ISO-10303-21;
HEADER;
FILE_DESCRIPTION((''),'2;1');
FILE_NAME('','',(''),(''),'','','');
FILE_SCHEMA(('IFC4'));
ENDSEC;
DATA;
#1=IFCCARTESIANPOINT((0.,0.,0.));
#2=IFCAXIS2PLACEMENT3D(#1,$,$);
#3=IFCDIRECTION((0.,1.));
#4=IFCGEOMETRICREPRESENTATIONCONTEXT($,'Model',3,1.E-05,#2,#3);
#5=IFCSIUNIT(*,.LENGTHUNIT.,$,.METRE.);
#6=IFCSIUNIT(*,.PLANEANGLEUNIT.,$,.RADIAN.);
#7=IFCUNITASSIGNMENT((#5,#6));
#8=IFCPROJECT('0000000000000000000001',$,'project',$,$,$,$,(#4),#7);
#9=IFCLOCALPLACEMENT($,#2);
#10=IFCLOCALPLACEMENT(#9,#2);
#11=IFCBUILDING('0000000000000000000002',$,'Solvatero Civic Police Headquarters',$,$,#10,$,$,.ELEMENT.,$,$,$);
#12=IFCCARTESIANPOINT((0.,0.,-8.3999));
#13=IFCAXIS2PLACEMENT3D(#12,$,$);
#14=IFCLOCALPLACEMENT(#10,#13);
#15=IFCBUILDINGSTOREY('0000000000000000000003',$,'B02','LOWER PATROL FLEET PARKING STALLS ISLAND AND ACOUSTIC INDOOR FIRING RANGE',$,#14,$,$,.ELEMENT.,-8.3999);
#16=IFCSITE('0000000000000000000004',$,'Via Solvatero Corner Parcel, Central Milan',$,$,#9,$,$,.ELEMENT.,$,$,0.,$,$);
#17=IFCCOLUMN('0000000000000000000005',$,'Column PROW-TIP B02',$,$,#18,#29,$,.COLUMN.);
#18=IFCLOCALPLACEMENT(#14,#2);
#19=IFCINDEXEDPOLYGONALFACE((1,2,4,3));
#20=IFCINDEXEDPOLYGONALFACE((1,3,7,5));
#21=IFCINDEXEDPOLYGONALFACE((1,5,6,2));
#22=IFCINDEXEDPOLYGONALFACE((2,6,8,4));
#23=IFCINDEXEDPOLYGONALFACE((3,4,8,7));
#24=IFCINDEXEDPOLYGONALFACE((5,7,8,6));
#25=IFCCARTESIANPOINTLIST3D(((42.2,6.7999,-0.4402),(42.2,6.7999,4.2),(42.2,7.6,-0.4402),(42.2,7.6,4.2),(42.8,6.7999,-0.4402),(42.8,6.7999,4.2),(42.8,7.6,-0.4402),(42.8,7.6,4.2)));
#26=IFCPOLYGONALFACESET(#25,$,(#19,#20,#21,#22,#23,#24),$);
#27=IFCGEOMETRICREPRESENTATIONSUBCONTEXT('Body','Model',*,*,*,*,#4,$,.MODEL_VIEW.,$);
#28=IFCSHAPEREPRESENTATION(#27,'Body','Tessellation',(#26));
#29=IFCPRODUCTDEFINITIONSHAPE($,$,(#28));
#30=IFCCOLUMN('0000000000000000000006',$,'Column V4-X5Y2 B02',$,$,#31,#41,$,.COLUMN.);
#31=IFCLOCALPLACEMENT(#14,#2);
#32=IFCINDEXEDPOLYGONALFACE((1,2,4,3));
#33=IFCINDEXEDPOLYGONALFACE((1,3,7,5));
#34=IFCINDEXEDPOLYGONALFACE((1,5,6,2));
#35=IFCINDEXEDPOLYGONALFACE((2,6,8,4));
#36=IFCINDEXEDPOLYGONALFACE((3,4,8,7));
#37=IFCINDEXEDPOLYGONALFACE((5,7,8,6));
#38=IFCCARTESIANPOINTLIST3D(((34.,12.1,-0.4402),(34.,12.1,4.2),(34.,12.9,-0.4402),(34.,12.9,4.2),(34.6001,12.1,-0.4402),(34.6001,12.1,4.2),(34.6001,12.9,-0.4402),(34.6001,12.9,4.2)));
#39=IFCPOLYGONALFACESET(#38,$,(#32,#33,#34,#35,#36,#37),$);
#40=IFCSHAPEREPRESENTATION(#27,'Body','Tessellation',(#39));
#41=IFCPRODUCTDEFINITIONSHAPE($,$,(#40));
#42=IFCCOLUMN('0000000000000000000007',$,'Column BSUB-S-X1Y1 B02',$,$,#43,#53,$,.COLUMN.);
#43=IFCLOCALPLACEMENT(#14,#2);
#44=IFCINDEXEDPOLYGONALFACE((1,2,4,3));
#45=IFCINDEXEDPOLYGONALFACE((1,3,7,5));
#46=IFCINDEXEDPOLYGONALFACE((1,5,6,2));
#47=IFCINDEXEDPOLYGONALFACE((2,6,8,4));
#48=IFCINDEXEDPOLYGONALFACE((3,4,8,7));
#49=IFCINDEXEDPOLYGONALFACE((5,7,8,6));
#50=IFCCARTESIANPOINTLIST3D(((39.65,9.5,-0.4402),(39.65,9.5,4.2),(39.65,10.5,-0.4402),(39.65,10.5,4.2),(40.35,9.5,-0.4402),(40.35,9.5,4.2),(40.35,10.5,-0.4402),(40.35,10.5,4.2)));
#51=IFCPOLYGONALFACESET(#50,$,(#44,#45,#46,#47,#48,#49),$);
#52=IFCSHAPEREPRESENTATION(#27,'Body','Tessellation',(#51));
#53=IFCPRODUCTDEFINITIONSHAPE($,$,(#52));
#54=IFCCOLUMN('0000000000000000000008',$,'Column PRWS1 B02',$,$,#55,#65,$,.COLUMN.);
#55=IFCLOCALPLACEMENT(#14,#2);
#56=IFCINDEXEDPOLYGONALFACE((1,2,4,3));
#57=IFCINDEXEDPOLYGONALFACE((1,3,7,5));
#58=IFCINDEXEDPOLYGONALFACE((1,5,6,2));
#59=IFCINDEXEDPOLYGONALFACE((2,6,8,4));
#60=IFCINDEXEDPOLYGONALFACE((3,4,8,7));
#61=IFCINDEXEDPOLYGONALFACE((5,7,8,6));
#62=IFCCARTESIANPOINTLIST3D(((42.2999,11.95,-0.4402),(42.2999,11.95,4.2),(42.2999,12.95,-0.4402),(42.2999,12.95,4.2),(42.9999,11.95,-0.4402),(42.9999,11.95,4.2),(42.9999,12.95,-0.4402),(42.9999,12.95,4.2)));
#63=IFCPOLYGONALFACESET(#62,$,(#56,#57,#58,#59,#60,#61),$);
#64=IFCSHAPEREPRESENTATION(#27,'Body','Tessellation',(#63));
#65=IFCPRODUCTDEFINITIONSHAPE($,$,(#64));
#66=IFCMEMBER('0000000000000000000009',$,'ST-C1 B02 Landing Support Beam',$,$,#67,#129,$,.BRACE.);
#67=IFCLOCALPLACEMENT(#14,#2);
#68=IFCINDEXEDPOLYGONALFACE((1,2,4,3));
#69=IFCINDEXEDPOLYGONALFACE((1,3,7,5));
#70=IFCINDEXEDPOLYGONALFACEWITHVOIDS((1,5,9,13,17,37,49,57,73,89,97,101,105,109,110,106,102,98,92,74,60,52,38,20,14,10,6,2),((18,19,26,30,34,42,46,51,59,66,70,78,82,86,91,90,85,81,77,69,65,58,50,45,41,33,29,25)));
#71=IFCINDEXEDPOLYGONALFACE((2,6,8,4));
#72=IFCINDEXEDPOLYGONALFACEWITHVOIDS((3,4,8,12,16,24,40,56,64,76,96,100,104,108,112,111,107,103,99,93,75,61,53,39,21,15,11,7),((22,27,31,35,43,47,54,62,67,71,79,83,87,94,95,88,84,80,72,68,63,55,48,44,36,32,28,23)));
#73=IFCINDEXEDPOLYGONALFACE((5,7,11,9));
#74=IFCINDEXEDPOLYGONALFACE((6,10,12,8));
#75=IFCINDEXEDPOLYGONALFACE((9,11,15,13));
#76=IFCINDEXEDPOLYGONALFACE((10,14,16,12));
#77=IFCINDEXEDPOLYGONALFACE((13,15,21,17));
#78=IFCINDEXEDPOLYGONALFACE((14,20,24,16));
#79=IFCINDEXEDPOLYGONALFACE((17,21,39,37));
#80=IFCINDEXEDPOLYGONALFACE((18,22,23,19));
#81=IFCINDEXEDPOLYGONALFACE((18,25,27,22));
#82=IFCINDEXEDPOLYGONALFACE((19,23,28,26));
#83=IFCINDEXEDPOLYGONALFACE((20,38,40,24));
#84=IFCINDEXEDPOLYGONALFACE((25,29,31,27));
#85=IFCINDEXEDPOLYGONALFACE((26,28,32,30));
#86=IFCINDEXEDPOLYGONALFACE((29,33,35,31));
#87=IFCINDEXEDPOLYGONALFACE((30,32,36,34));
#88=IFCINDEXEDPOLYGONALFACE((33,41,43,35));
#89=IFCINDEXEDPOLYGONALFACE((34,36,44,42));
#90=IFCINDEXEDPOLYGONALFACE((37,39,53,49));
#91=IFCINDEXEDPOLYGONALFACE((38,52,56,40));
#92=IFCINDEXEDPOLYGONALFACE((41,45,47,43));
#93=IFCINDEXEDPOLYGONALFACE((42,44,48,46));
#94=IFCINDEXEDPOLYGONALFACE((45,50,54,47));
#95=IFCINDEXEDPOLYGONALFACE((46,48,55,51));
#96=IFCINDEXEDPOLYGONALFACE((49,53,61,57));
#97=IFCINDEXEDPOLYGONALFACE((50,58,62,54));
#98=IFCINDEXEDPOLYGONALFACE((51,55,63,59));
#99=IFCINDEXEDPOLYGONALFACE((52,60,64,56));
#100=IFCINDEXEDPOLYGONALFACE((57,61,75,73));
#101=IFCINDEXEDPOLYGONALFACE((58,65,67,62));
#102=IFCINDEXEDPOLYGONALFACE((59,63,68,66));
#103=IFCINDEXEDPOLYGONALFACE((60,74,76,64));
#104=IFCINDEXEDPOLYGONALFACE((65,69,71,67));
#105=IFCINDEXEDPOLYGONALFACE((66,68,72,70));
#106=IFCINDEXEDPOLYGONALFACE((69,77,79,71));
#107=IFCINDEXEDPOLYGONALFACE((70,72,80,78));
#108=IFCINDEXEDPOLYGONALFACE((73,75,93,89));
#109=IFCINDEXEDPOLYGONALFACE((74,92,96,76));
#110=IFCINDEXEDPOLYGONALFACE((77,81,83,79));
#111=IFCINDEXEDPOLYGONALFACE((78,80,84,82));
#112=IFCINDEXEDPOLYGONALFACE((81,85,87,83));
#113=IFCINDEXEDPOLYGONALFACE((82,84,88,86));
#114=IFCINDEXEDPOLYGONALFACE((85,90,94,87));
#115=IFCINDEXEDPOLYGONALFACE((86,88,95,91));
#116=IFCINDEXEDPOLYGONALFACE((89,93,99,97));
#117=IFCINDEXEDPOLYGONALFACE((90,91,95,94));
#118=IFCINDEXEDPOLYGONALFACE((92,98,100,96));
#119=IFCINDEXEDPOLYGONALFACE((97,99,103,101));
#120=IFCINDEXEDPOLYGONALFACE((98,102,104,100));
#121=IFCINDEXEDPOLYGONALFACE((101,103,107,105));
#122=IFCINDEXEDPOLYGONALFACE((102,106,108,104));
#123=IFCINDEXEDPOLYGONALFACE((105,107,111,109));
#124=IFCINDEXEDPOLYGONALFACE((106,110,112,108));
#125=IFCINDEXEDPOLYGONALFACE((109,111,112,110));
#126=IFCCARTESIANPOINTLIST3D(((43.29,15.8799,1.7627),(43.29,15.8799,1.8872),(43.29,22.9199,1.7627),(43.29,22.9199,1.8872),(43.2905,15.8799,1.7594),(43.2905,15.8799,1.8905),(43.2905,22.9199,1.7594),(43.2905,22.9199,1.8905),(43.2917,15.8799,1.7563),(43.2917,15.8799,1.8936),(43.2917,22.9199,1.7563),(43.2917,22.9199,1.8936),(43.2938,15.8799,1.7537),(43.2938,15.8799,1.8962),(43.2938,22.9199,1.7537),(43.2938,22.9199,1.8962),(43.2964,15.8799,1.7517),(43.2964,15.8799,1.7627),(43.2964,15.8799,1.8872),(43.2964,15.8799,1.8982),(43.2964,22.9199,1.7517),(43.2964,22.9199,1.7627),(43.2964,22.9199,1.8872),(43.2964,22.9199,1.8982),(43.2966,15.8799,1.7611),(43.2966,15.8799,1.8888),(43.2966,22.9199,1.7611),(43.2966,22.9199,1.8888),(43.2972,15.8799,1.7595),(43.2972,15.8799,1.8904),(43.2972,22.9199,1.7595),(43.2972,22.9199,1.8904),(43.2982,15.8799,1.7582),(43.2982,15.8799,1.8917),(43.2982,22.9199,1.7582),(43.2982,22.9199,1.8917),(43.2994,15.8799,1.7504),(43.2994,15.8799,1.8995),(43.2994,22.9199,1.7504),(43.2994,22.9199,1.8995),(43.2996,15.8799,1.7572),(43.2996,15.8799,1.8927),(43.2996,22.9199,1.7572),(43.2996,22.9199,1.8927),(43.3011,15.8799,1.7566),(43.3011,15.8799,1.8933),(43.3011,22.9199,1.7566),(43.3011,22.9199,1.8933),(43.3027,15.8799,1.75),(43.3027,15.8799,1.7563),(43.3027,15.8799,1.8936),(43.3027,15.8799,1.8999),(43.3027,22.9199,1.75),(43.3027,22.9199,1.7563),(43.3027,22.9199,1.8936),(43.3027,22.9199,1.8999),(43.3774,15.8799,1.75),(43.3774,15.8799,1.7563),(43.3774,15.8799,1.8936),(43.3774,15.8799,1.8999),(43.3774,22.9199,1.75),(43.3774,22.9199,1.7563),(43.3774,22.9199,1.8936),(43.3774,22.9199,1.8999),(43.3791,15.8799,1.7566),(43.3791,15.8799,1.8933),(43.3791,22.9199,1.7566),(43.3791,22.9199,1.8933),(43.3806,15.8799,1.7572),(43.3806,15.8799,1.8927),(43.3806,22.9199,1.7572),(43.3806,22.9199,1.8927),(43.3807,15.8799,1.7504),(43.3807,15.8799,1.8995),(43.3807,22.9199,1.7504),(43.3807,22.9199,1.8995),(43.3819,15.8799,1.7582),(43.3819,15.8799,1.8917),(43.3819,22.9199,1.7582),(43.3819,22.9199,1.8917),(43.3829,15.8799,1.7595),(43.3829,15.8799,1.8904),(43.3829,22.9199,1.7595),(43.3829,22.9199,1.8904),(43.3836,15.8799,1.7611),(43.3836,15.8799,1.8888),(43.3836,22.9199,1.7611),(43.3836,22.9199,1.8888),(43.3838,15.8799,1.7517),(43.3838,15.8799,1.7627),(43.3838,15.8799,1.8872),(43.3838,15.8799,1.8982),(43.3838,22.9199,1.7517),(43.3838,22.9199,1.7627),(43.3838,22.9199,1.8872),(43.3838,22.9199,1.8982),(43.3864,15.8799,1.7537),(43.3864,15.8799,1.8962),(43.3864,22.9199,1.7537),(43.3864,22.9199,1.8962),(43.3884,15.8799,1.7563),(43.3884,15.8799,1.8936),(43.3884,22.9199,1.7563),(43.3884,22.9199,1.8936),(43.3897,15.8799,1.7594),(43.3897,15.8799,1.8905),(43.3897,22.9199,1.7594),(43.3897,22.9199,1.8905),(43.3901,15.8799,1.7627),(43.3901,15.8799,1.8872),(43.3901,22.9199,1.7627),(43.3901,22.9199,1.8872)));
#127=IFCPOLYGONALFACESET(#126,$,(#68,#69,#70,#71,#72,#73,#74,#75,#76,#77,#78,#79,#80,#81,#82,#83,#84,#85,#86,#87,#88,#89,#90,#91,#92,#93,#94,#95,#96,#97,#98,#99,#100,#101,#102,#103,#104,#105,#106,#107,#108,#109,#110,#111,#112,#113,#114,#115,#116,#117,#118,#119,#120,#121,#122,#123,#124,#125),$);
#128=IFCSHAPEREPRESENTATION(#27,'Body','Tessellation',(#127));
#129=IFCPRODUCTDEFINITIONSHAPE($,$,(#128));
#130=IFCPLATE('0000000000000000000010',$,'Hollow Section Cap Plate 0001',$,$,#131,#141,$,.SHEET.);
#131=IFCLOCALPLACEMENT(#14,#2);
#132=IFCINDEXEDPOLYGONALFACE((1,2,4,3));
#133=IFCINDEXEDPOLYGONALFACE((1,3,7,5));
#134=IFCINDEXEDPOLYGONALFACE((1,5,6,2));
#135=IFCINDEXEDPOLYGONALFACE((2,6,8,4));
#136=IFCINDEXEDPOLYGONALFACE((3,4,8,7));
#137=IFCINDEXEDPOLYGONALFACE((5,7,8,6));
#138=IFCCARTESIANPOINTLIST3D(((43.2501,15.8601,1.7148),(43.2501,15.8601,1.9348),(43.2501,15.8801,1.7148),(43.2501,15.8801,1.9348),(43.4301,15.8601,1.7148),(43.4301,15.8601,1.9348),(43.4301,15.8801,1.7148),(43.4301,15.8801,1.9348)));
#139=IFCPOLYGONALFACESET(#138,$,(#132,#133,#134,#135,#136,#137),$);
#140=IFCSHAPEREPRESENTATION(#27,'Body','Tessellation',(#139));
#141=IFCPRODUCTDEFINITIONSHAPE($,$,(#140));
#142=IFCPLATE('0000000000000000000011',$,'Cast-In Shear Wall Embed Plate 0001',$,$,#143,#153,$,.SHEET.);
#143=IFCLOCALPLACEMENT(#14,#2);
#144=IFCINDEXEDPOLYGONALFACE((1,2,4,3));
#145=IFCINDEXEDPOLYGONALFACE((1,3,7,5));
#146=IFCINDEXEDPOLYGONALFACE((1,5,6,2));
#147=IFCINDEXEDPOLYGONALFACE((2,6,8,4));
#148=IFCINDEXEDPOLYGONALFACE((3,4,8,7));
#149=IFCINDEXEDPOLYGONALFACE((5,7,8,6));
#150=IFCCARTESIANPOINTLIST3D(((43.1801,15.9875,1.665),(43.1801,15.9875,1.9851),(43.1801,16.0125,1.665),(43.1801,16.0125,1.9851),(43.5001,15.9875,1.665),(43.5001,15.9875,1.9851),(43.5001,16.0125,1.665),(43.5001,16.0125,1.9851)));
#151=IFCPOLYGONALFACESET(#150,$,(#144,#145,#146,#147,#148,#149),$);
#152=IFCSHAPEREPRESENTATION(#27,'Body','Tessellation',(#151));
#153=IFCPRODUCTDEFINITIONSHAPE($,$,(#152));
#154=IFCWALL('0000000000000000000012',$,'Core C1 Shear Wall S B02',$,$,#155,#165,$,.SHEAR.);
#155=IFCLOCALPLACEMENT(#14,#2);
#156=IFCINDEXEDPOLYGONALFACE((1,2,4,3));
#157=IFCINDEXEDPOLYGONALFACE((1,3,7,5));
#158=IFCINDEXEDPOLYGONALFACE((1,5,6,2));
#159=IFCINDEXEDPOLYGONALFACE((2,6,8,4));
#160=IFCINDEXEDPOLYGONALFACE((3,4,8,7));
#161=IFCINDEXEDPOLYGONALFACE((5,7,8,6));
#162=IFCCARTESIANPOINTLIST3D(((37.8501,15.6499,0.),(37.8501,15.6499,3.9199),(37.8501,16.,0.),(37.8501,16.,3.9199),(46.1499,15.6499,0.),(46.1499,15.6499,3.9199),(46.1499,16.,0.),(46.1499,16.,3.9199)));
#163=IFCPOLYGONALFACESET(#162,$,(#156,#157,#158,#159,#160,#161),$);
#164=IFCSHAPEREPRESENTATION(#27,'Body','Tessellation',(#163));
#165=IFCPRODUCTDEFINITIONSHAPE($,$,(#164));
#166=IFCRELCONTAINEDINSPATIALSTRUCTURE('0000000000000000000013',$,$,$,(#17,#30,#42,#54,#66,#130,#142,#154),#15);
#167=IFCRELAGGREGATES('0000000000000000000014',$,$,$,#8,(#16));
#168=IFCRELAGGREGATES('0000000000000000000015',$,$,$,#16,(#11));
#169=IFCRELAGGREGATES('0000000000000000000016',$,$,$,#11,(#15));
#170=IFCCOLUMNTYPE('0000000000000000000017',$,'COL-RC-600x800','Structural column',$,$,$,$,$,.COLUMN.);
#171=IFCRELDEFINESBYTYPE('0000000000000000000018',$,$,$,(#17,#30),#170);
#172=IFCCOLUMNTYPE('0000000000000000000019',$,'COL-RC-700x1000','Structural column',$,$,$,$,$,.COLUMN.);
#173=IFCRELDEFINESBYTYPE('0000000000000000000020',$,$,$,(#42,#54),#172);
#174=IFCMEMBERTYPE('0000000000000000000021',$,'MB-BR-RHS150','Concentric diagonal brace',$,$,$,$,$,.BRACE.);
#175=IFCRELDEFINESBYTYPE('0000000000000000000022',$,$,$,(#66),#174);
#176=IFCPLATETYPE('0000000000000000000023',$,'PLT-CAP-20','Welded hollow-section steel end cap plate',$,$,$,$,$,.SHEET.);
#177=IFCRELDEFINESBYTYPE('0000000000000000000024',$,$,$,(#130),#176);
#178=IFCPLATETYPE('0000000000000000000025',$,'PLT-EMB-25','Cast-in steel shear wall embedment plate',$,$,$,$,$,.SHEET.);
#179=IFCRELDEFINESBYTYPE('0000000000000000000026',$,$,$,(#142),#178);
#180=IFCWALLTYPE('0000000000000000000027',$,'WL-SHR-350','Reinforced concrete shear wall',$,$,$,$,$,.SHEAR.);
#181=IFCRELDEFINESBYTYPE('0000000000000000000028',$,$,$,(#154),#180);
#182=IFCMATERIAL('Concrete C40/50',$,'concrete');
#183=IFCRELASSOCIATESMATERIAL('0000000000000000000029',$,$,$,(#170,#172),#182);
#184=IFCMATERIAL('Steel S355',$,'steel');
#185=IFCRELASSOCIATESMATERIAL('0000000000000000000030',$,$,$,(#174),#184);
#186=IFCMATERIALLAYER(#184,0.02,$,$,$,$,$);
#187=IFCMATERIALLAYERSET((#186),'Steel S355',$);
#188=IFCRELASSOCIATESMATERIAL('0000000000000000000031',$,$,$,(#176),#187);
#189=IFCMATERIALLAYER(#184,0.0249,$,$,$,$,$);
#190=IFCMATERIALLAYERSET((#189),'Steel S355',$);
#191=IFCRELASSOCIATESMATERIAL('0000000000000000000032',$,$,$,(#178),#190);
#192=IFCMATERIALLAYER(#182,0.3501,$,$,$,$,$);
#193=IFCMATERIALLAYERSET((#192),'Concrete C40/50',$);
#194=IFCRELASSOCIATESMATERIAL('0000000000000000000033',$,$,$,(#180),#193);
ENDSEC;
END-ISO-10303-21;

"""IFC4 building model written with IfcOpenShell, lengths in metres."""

from ifc_helpers import new_model, si_unit, direction, frame, frame_2d, origin, origin_2d, place, context, subcontext, project, spatial, rectangle, hollow_rectangle, extrude, material, layer, layer_set, material_profile, profile_set, type_object, element, save


model = new_model("IFC4")

# Units and contexts
model_context = context("Model", 3, precision=1e-05, world=origin(), true_north=direction((0.0, 1.0)))
body_context = subcontext(model_context, "Body", "Model", "MODEL_VIEW")
ifc_project = project(units=[si_unit("LENGTHUNIT", "METRE"), si_unit("PLANEANGLEUNIT", "RADIAN")], contexts=[model_context])

# Site, building, storey
site_placement = place(None, origin())
site = spatial("IfcSite", under=ifc_project, at=site_placement, Name="Via Solvatero Corner Parcel, Central Milan", CompositionType="ELEMENT", RefElevation=0.0)
building_placement = place(site_placement, origin())
building = spatial("IfcBuilding", under=site, at=building_placement, Name="Solvatero Civic Police Headquarters", CompositionType="ELEMENT")
storey_placement = place(building_placement, frame((0.0, 0.0, -8.3999)))
storey = spatial("IfcBuildingStorey", under=building, at=storey_placement, Name="B02", Description="LOWER PATROL FLEET PARKING STALLS ISLAND AND ACOUSTIC INDOOR FIRING RANGE", CompositionType="ELEMENT", Elevation=-8.3999)

# Columns
ifc_material_1 = material(Name="Concrete C40/50", Category="concrete")
ifc_material_profile_1 = material_profile(ifc_material_1, rectangle(XDim=0.6001, YDim=0.8, at=origin_2d()), Name="RC 600x800")
ifc_profile_set_1 = profile_set([ifc_material_profile_1], Name="Concrete C40/50")
column_type_1 = type_object("IfcColumnType", Name="COL-RC-600x800", Description="Structural column", PredefinedType="COLUMN", material=ifc_profile_set_1)
for number, where, z_axis, x_axis, name in (
    (1, (42.5, 7.2, -0.4402), (0.0, 0.0, 1.0), (1.0, 0.0, 0.0), "Column PROW-TIP B02"),
    (2, (34.3, 12.5, -0.4402), (0.0, 0.0, 1.0), (1.0, 0.0, 0.0), "Column V4-X5Y2 B02"),
):
    element("IfcColumn", number, at=place(storey_placement, frame(where, z_axis=z_axis, x_axis=x_axis)), inside=storey, type_object=column_type_1, Name=name, PredefinedType="COLUMN", context=body_context, shape_type="SweptSolid", body=[
        extrude(rectangle(XDim=0.6001, YDim=0.8, at=origin_2d()), origin(), (0.0, 0.0, 1.0), 4.6401),
    ])
ifc_material_profile_2 = material_profile(ifc_material_1, rectangle(XDim=0.7, YDim=1.0, at=origin_2d()), Name="RC 700x1000")
ifc_profile_set_2 = profile_set([ifc_material_profile_2], Name="Concrete C40/50")
column_type_2 = type_object("IfcColumnType", Name="COL-RC-700x1000", Description="Structural column", PredefinedType="COLUMN", material=ifc_profile_set_2)
for number, where, z_axis, x_axis, name in (
    (3, (40.0, 10.0, -0.4402), (0.0, 0.0, 1.0), (1.0, 0.0, 0.0), "Column BSUB-S-X1Y1 B02"),
    (4, (42.6499, 12.45, -0.4402), (0.0, 0.0, 1.0), (1.0, 0.0, 0.0), "Column PRWS1 B02"),
):
    element("IfcColumn", number, at=place(storey_placement, frame(where, z_axis=z_axis, x_axis=x_axis)), inside=storey, type_object=column_type_2, Name=name, PredefinedType="COLUMN", context=body_context, shape_type="SweptSolid", body=[
        extrude(rectangle(XDim=0.7, YDim=1.0, at=origin_2d()), origin(), (0.0, 0.0, 1.0), 4.6401),
    ])

# Member
ifc_material_2 = material(Name="Steel S355", Category="steel")
ifc_material_profile_3 = material_profile(ifc_material_2, hollow_rectangle(XDim=0.1001, YDim=0.1499, WallThickness=0.0063, InnerFilletRadius=0.0063, OuterFilletRadius=0.0127, at=origin_2d()), Name="RHS 150x100x6.3")
ifc_profile_set_3 = profile_set([ifc_material_profile_3], Name="Steel S355")
member_type = type_object("IfcMemberType", Name="MB-BR-RHS150", Description="Concentric diagonal brace", PredefinedType="BRACE", material=ifc_profile_set_3)
member_placement = place(storey_placement, frame((43.3401, 15.8799, 1.825), z_axis=(0.0, 1.0, 0.0), x_axis=(-1.0, 0.0, 0.0)))
element("IfcMember", 5, at=member_placement, inside=storey, type_object=member_type, Name="ST-C1 B02 Landing Support Beam", PredefinedType="BRACE", context=body_context, shape_type="SweptSolid", body=[
    extrude(hollow_rectangle(XDim=0.1001, YDim=0.1499, WallThickness=0.0063, InnerFilletRadius=0.0063, OuterFilletRadius=0.0127, at=origin_2d()), origin(), (0.0, 0.0, 1.0), 7.04),
])

# Plates
ifc_layer_1 = layer(ifc_material_2, 0.02)
ifc_layer_set_1 = layer_set([ifc_layer_1], Name="Steel S355")
plate_type_1 = type_object("IfcPlateType", Name="PLT-CAP-20", Description="Welded hollow-section steel end cap plate", PredefinedType="SHEET", material=ifc_layer_set_1)
plate_1_placement = place(storey_placement, frame((43.3401, 15.8701, 1.7148), z_axis=(0.0, 0.0, 1.0), x_axis=(1.0, 0.0, 0.0)))
element("IfcPlate", 6, at=plate_1_placement, inside=storey, type_object=plate_type_1, Name="Hollow Section Cap Plate 0001", PredefinedType="SHEET", context=body_context, shape_type="SweptSolid", body=[
    extrude(rectangle(XDim=0.1799, YDim=0.02, at=origin_2d()), origin(), (0.0, 0.0, 1.0), 0.22),
])
ifc_layer_2 = layer(ifc_material_2, 0.0249)
ifc_layer_set_2 = layer_set([ifc_layer_2], Name="Steel S355")
plate_type_2 = type_object("IfcPlateType", Name="PLT-EMB-25", Description="Cast-in steel shear wall embedment plate", PredefinedType="SHEET", material=ifc_layer_set_2)
plate_2_placement = place(storey_placement, frame((43.3401, 16.0, 1.665), z_axis=(0.0, 0.0, 1.0), x_axis=(1.0, 0.0, 0.0)))
element("IfcPlate", 7, at=plate_2_placement, inside=storey, type_object=plate_type_2, Name="Cast-In Shear Wall Embed Plate 0001", PredefinedType="SHEET", context=body_context, shape_type="SweptSolid", body=[
    extrude(rectangle(XDim=0.3201, YDim=0.0249, at=origin_2d()), origin(), (0.0, 0.0, 1.0), 0.3201),
])

# Wall
ifc_layer_3 = layer(ifc_material_1, 0.3501)
ifc_layer_set_3 = layer_set([ifc_layer_3], Name="Concrete C40/50")
wall_type = type_object("IfcWallType", Name="WL-SHR-350", Description="Reinforced concrete shear wall", PredefinedType="SHEAR", material=ifc_layer_set_3)
wall_1_placement = place(storey_placement, frame((37.8501, 15.825, 0.0), z_axis=(0.0, 0.0, 1.0), x_axis=(1.0, 0.0, 0.0)))
element("IfcWall", 8, at=wall_1_placement, inside=storey, type_object=wall_type, Name="Core C1 Shear Wall S B02", PredefinedType="SHEAR", context=body_context, shape_type="SweptSolid", body=[
    extrude(rectangle(XDim=8.2998, YDim=0.3501, at=frame_2d((4.1499, 0.0))), origin(), (0.0, 0.0, 1.0), 3.9199),
])

save(model, "model.ifc")
